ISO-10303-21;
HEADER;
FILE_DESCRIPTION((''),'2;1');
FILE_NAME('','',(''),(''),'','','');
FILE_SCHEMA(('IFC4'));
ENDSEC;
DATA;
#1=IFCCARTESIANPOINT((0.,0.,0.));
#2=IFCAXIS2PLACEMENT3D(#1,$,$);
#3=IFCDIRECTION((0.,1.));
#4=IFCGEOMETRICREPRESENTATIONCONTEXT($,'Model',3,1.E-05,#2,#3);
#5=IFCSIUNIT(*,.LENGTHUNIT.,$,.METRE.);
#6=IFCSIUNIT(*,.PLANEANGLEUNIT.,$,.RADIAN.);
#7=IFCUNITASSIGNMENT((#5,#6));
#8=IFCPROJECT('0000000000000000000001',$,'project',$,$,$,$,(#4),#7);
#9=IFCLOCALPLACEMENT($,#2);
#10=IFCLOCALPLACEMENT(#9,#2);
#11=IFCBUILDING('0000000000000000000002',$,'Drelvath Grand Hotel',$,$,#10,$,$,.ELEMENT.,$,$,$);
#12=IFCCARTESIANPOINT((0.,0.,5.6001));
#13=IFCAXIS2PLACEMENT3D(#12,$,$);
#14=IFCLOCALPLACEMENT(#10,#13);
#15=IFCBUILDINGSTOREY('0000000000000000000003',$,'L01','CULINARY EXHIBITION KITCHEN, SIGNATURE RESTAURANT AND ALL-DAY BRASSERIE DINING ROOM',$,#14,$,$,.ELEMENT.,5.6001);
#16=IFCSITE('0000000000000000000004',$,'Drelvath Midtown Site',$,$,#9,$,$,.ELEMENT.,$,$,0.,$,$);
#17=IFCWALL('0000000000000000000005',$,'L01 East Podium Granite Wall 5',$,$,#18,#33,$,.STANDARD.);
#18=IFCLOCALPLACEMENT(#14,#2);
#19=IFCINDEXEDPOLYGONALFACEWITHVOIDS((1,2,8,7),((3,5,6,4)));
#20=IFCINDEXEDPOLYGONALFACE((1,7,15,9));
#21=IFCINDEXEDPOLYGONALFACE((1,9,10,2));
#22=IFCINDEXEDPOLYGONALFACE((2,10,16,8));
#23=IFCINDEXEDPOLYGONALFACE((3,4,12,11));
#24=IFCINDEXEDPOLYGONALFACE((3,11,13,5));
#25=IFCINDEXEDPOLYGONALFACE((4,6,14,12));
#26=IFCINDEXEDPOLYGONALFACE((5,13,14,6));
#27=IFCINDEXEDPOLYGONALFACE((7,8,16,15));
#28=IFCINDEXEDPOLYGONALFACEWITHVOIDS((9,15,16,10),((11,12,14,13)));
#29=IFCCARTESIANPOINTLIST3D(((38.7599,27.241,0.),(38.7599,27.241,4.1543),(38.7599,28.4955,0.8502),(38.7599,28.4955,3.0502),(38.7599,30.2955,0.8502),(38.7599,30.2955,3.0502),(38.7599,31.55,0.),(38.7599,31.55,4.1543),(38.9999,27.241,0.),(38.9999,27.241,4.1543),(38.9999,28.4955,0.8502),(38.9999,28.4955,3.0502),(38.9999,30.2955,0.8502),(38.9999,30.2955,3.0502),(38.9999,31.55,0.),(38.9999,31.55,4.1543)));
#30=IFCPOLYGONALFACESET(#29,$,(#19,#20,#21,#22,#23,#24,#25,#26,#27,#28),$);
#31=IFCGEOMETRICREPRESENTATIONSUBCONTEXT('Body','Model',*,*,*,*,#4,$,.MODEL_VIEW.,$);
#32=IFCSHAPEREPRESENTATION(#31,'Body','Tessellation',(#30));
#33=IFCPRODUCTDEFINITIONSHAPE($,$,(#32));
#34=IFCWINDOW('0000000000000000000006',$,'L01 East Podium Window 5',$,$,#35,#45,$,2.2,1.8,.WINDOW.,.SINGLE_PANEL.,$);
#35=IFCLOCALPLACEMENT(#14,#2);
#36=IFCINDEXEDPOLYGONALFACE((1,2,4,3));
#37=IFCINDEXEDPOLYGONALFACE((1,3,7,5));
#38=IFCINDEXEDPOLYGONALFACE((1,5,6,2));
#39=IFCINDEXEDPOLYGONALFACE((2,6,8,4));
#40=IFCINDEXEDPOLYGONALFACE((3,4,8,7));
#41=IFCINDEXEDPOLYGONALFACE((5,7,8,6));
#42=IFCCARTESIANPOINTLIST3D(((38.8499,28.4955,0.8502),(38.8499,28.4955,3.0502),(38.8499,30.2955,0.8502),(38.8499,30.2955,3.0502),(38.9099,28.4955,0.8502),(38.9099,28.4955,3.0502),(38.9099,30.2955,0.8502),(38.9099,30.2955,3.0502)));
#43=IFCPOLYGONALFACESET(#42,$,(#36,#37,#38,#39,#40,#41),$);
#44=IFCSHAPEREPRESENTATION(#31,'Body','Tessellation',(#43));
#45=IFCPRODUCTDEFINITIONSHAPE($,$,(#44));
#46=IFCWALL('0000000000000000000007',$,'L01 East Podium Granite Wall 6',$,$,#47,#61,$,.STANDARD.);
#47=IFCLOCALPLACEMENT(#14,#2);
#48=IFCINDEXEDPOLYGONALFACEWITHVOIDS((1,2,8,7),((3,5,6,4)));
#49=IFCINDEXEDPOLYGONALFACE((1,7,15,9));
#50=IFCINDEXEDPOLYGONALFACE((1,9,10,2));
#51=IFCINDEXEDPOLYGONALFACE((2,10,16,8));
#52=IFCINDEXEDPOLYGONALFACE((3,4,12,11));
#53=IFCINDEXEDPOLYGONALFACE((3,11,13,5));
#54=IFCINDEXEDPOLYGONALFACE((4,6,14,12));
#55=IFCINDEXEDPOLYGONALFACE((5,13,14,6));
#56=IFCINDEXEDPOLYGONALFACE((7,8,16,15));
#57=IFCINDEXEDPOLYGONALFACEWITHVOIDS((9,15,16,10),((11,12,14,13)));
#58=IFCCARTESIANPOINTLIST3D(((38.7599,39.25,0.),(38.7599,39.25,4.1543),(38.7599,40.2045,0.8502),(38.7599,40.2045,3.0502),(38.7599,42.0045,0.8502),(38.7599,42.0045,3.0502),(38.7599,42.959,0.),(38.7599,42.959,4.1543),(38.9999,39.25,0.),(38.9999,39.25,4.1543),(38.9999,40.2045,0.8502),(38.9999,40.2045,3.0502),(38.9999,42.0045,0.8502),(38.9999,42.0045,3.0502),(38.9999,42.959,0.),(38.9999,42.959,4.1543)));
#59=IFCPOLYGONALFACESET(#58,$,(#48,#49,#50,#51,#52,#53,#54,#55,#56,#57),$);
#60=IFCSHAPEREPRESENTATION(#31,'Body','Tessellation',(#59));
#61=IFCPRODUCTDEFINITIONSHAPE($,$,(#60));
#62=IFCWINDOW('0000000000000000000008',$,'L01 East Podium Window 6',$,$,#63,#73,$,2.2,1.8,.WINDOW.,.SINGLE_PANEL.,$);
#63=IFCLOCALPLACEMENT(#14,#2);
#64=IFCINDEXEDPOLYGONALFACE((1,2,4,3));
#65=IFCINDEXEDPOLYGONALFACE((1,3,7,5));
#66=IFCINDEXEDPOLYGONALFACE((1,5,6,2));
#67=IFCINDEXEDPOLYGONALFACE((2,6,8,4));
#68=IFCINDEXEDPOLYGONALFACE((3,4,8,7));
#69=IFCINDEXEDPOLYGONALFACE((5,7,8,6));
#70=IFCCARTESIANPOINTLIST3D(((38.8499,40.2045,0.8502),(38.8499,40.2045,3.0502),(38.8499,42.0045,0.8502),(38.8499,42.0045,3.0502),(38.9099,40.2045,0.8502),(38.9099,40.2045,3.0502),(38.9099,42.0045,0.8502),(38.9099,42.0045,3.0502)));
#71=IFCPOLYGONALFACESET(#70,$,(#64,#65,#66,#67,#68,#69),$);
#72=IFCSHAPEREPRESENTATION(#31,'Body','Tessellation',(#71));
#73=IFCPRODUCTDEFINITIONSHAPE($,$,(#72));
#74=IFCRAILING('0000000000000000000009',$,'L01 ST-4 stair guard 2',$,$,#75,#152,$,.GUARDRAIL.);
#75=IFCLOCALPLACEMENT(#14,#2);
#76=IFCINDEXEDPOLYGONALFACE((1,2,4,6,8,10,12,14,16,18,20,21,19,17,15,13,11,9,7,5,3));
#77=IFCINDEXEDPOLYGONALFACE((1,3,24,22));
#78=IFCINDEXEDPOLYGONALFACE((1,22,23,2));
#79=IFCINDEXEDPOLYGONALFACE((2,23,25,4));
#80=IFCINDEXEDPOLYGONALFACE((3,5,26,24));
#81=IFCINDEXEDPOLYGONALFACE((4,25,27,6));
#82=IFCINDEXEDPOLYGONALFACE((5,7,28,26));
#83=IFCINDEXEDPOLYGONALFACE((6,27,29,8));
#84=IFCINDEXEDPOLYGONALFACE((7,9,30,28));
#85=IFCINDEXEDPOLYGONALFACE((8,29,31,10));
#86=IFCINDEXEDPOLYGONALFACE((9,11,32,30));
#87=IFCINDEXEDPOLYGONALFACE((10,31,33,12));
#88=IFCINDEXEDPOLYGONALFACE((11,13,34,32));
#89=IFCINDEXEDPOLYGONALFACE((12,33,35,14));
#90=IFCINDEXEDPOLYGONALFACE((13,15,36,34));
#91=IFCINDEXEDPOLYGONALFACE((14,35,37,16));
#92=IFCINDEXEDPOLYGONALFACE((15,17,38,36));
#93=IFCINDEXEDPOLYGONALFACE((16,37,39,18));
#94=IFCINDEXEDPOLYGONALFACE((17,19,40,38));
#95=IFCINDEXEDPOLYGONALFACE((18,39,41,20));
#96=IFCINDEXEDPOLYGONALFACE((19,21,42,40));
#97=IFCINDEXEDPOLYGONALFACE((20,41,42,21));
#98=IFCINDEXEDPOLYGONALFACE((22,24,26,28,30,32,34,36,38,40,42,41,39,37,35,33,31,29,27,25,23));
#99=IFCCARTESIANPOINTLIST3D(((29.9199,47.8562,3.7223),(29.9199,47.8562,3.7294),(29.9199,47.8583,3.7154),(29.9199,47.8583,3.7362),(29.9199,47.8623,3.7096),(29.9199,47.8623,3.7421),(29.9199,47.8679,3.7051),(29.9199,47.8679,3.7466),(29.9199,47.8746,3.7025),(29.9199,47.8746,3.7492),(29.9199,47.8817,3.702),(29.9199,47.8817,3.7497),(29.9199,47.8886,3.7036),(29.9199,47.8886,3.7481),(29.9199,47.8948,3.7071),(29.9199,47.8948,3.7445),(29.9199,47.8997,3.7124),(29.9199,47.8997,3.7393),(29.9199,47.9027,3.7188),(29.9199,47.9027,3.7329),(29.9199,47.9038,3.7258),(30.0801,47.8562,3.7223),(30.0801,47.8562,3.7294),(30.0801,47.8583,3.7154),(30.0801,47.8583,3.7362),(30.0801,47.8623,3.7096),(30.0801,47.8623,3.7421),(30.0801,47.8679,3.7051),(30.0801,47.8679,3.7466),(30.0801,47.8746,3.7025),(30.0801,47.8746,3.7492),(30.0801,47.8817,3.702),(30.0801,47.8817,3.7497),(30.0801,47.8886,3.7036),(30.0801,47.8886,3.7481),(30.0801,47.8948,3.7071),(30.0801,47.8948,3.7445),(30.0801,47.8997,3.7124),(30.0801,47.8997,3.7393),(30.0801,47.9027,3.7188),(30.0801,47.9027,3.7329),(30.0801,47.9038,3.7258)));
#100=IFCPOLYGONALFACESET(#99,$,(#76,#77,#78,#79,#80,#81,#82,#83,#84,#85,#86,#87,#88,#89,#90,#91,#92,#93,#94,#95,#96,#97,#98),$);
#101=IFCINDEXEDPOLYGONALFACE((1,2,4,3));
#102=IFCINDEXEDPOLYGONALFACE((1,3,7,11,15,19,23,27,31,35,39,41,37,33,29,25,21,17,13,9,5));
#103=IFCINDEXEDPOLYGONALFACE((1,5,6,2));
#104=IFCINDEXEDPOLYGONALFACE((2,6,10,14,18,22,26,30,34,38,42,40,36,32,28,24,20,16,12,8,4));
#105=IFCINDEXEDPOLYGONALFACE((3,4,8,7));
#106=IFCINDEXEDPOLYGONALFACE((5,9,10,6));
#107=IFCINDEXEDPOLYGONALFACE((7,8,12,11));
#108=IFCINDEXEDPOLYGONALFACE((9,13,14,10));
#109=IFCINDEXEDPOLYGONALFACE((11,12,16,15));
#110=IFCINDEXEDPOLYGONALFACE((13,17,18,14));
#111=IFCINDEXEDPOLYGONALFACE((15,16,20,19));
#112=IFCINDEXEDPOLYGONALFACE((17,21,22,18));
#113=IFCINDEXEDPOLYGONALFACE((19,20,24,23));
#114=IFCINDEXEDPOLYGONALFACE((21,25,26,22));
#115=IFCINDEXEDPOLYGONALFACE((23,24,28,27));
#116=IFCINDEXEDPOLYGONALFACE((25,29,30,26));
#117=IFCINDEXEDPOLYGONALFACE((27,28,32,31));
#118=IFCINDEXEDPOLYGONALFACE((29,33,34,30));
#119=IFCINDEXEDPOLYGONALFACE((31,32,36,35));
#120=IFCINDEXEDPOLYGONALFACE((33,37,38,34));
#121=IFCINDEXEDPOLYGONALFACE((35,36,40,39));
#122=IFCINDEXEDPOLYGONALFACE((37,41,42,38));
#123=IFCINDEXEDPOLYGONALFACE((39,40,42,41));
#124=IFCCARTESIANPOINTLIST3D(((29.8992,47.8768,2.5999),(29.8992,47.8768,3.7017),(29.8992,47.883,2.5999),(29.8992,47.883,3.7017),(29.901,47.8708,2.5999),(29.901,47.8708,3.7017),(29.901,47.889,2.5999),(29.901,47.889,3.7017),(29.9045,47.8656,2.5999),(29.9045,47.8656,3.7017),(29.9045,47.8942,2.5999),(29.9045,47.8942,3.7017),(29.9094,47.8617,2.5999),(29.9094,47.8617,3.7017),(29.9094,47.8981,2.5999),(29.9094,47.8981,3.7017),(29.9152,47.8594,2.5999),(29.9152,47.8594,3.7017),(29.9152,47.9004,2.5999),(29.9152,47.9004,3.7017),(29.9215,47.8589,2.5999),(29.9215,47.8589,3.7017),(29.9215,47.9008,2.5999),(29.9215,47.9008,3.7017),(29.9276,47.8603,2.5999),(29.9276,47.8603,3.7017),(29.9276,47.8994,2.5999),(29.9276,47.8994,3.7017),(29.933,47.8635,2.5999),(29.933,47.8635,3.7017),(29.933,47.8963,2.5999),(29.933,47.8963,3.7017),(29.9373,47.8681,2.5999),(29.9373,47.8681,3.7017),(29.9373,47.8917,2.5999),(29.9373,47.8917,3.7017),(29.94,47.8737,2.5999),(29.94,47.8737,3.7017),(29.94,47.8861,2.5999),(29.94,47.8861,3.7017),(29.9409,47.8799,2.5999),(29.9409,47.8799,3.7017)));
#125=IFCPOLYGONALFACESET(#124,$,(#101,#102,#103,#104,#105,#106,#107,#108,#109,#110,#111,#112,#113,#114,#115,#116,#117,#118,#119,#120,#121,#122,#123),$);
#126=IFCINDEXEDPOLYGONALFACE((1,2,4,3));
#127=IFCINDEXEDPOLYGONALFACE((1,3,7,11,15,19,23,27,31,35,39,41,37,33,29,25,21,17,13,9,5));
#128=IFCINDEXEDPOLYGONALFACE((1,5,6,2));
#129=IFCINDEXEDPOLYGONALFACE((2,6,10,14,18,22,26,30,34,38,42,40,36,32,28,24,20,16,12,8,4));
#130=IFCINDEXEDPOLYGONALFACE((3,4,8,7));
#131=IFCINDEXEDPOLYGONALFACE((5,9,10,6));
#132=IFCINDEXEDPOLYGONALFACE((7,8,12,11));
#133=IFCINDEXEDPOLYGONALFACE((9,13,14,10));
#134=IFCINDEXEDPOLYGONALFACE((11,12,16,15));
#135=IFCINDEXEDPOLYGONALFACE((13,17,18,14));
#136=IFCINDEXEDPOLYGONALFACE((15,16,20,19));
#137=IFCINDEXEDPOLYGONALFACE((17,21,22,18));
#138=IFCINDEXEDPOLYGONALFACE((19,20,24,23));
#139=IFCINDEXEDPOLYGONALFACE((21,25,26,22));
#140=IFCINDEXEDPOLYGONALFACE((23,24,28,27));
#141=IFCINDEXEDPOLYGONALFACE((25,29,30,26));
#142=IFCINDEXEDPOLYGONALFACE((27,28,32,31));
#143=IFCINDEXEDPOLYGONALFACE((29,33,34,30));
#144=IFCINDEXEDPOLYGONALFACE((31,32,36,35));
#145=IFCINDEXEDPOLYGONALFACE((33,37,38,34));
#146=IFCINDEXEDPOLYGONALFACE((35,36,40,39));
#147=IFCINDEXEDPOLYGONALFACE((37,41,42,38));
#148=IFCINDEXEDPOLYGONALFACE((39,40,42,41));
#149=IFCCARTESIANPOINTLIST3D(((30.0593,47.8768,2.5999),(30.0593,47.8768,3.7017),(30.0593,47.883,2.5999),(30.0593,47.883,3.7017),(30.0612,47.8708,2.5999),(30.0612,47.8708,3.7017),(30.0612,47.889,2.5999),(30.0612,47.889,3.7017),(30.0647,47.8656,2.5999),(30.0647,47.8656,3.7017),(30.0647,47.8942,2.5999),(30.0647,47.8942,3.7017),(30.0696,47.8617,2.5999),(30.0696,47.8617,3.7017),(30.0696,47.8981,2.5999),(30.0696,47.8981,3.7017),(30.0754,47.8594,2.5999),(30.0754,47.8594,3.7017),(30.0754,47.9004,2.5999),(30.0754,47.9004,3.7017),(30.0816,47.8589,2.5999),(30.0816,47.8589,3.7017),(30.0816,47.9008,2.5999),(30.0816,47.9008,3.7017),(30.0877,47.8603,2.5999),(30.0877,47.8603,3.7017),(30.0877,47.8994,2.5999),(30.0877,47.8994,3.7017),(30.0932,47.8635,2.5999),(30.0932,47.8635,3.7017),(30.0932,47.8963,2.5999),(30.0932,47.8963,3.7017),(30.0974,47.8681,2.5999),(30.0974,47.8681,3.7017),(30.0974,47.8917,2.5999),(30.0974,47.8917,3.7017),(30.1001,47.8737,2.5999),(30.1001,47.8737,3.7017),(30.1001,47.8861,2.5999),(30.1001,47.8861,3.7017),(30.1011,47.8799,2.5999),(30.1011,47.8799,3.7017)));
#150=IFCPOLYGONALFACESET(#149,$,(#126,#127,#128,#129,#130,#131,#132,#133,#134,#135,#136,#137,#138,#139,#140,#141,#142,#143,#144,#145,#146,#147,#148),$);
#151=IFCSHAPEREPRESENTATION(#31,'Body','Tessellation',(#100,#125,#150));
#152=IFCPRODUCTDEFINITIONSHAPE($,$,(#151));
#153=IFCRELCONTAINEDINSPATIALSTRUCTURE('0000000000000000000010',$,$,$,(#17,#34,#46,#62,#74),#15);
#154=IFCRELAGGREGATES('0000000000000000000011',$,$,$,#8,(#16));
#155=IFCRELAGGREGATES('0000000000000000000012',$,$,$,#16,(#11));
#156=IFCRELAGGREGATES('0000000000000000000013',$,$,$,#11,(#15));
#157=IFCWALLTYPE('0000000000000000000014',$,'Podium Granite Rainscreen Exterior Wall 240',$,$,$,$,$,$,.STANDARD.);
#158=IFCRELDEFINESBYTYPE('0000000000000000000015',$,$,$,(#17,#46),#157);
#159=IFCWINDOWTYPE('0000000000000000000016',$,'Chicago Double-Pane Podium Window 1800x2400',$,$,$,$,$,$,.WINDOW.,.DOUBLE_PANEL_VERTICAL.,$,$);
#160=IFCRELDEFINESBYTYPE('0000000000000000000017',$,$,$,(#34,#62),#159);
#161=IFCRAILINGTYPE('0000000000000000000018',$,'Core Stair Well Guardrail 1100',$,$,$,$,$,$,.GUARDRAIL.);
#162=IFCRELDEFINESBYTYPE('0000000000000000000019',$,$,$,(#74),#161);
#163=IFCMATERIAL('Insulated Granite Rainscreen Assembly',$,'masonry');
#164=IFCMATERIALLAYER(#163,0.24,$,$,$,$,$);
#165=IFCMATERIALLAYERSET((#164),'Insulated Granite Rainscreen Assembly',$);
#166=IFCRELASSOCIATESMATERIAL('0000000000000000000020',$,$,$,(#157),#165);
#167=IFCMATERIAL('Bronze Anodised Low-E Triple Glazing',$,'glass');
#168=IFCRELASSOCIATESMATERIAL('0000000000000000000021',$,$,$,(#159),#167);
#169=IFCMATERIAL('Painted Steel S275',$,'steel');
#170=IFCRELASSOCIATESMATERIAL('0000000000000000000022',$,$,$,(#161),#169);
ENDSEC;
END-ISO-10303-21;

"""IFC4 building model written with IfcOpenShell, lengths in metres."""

from ifc_helpers import new_model, si_unit, direction, frame, frame_2d, origin, origin_2d, place, context, subcontext, project, spatial, rectangle, circle, extrude, material, layer, layer_set, type_object, element, fill, save


model = new_model("IFC4")

# Units and contexts
model_context = context("Model", 3, precision=1e-05, world=origin(), true_north=direction((0.0, 1.0)))
body_context = subcontext(model_context, "Body", "Model", "MODEL_VIEW")
ifc_project = project(units=[si_unit("LENGTHUNIT", "METRE"), si_unit("PLANEANGLEUNIT", "RADIAN")], contexts=[model_context])

# Site, building, storey
site_placement = place(None, origin())
site = spatial("IfcSite", under=ifc_project, at=site_placement, Name="Drelvath Midtown Site", CompositionType="ELEMENT", RefElevation=0.0)
building_placement = place(site_placement, origin())
building = spatial("IfcBuilding", under=site, at=building_placement, Name="Drelvath Grand Hotel", CompositionType="ELEMENT")
storey_placement = place(building_placement, frame((0.0, 0.0, 5.6001)))
storey = spatial("IfcBuildingStorey", under=building, at=storey_placement, Name="L01", Description="CULINARY EXHIBITION KITCHEN, SIGNATURE RESTAURANT AND ALL-DAY BRASSERIE DINING ROOM", CompositionType="ELEMENT", Elevation=5.6001)

# Shared definitions
ifc_material_1 = material(Name="Painted Steel S275", Category="steel")

# Walls, openings, windows
ifc_material_2 = material(Name="Insulated Granite Rainscreen Assembly", Category="masonry")
ifc_layer_1 = layer(ifc_material_2, 0.24)
ifc_layer_set_1 = layer_set([ifc_layer_1], Name="Insulated Granite Rainscreen Assembly")
wall_type_1 = type_object("IfcWallType", Name="Podium Granite Rainscreen Exterior Wall 240", PredefinedType="STANDARD", material=ifc_layer_set_1)
ifc_material_3 = material(Name="Bronze Anodised Low-E Triple Glazing", Category="glass")
window_type = type_object("IfcWindowType", Name="Chicago Double-Pane Podium Window 1800x2400", PartitioningType="DOUBLE_PANEL_VERTICAL", PredefinedType="WINDOW", material=ifc_material_3)
wall_1_placement = place(storey_placement, frame((38.8799, 31.55, 0.0), z_axis=(0.0, 0.0, 1.0), x_axis=(0.0, -1.0, 0.0)))
wall_1 = element("IfcWall", 1, at=wall_1_placement, inside=storey, type_object=wall_type_1, Name="L01 East Podium Granite Wall 5", PredefinedType="STANDARD", context=body_context, shape_type="SweptSolid", body=[
    extrude(rectangle(XDim=4.3091, YDim=0.24, at=frame_2d((2.1545, 0.0))), origin(), (0.0, 0.0, 1.0), 4.1543),
])
opening_1_placement = place(wall_1_placement, frame((1.2546, 0.0, 0.8501)))
opening_1 = element("IfcOpeningElement", 2, at=opening_1_placement, cuts=wall_1, PredefinedType="OPENING", context=body_context, shape_type="SweptSolid", body=[
    extrude(rectangle(XDim=1.8, YDim=2.2, at=frame_2d((0.8999, 1.1001))), frame((0.0, 0.1299, 0.0), z_axis=(0.0, -1.0, 0.0), x_axis=(1.0, 0.0, 0.0)), (0.0, 0.0, 1.0), 0.26),
])
window_1_placement = place(opening_1_placement, origin())
window_1 = element("IfcWindow", 3, at=window_1_placement, inside=storey, type_object=window_type, Name="L01 East Podium Window 5", OverallHeight=2.2, OverallWidth=1.8, PartitioningType="SINGLE_PANEL", PredefinedType="WINDOW", context=body_context, shape_type="SweptSolid", body=[
    extrude(rectangle(XDim=1.8, YDim=2.2, at=frame_2d((0.8999, 1.1001))), frame((0.0, 0.03, 0.0), z_axis=(0.0, -1.0, 0.0), x_axis=(1.0, 0.0, 0.0)), (0.0, 0.0, 1.0), 0.0601),
])
fill(opening_1, window_1)
wall_2_placement = place(storey_placement, frame((38.8799, 42.959, 0.0), z_axis=(0.0, 0.0, 1.0), x_axis=(0.0, -1.0, 0.0)))
wall_2 = element("IfcWall", 4, at=wall_2_placement, inside=storey, type_object=wall_type_1, Name="L01 East Podium Granite Wall 6", PredefinedType="STANDARD", context=body_context, shape_type="SweptSolid", body=[
    extrude(rectangle(XDim=3.709, YDim=0.24, at=frame_2d((1.8545, 0.0))), origin(), (0.0, 0.0, 1.0), 4.1543),
])
opening_2_placement = place(wall_2_placement, frame((0.9546, 0.0, 0.8501)))
opening_2 = element("IfcOpeningElement", 5, at=opening_2_placement, cuts=wall_2, PredefinedType="OPENING", context=body_context, shape_type="SweptSolid", body=[
    extrude(rectangle(XDim=1.8, YDim=2.2, at=frame_2d((0.8999, 1.1001))), frame((0.0, 0.1299, 0.0), z_axis=(0.0, -1.0, 0.0), x_axis=(1.0, 0.0, 0.0)), (0.0, 0.0, 1.0), 0.26),
])
window_2_placement = place(opening_2_placement, origin())
window_2 = element("IfcWindow", 6, at=window_2_placement, inside=storey, type_object=window_type, Name="L01 East Podium Window 6", OverallHeight=2.2, OverallWidth=1.8, PartitioningType="SINGLE_PANEL", PredefinedType="WINDOW", context=body_context, shape_type="SweptSolid", body=[
    extrude(rectangle(XDim=1.8, YDim=2.2, at=frame_2d((0.8999, 1.1001))), frame((0.0, 0.03, 0.0), z_axis=(0.0, -1.0, 0.0), x_axis=(1.0, 0.0, 0.0)), (0.0, 0.0, 1.0), 0.0601),
])
fill(opening_2, window_2)

# Railing
railing_type_1 = type_object("IfcRailingType", Name="Core Stair Well Guardrail 1100", PredefinedType="GUARDRAIL", material=ifc_material_1)
railing_1_placement = place(storey_placement, frame((29.9199, 47.8799, 2.5999)))
element("IfcRailing", 7, at=railing_1_placement, inside=storey, type_object=railing_type_1, Name="L01 ST-4 stair guard 2", PredefinedType="GUARDRAIL", context=body_context, shape_type="SweptSolid", body=[
    extrude(circle(Radius=0.0239, at=origin_2d()), frame((0.0, 0.0, 1.126), z_axis=(1.0, 0.0, 0.0), x_axis=(0.0, 1.0, 0.0)), (0.0, 0.0, 1.0), 0.1602),
    extrude(circle(Radius=0.021, at=origin_2d()), origin(), (0.0, 0.0, 1.0), 1.1018),
    extrude(circle(Radius=0.021, at=origin_2d()), frame((0.1602, 0.0, 0.0)), (0.0, 0.0, 1.0), 1.1018),
])

save(model, "model.ifc")
